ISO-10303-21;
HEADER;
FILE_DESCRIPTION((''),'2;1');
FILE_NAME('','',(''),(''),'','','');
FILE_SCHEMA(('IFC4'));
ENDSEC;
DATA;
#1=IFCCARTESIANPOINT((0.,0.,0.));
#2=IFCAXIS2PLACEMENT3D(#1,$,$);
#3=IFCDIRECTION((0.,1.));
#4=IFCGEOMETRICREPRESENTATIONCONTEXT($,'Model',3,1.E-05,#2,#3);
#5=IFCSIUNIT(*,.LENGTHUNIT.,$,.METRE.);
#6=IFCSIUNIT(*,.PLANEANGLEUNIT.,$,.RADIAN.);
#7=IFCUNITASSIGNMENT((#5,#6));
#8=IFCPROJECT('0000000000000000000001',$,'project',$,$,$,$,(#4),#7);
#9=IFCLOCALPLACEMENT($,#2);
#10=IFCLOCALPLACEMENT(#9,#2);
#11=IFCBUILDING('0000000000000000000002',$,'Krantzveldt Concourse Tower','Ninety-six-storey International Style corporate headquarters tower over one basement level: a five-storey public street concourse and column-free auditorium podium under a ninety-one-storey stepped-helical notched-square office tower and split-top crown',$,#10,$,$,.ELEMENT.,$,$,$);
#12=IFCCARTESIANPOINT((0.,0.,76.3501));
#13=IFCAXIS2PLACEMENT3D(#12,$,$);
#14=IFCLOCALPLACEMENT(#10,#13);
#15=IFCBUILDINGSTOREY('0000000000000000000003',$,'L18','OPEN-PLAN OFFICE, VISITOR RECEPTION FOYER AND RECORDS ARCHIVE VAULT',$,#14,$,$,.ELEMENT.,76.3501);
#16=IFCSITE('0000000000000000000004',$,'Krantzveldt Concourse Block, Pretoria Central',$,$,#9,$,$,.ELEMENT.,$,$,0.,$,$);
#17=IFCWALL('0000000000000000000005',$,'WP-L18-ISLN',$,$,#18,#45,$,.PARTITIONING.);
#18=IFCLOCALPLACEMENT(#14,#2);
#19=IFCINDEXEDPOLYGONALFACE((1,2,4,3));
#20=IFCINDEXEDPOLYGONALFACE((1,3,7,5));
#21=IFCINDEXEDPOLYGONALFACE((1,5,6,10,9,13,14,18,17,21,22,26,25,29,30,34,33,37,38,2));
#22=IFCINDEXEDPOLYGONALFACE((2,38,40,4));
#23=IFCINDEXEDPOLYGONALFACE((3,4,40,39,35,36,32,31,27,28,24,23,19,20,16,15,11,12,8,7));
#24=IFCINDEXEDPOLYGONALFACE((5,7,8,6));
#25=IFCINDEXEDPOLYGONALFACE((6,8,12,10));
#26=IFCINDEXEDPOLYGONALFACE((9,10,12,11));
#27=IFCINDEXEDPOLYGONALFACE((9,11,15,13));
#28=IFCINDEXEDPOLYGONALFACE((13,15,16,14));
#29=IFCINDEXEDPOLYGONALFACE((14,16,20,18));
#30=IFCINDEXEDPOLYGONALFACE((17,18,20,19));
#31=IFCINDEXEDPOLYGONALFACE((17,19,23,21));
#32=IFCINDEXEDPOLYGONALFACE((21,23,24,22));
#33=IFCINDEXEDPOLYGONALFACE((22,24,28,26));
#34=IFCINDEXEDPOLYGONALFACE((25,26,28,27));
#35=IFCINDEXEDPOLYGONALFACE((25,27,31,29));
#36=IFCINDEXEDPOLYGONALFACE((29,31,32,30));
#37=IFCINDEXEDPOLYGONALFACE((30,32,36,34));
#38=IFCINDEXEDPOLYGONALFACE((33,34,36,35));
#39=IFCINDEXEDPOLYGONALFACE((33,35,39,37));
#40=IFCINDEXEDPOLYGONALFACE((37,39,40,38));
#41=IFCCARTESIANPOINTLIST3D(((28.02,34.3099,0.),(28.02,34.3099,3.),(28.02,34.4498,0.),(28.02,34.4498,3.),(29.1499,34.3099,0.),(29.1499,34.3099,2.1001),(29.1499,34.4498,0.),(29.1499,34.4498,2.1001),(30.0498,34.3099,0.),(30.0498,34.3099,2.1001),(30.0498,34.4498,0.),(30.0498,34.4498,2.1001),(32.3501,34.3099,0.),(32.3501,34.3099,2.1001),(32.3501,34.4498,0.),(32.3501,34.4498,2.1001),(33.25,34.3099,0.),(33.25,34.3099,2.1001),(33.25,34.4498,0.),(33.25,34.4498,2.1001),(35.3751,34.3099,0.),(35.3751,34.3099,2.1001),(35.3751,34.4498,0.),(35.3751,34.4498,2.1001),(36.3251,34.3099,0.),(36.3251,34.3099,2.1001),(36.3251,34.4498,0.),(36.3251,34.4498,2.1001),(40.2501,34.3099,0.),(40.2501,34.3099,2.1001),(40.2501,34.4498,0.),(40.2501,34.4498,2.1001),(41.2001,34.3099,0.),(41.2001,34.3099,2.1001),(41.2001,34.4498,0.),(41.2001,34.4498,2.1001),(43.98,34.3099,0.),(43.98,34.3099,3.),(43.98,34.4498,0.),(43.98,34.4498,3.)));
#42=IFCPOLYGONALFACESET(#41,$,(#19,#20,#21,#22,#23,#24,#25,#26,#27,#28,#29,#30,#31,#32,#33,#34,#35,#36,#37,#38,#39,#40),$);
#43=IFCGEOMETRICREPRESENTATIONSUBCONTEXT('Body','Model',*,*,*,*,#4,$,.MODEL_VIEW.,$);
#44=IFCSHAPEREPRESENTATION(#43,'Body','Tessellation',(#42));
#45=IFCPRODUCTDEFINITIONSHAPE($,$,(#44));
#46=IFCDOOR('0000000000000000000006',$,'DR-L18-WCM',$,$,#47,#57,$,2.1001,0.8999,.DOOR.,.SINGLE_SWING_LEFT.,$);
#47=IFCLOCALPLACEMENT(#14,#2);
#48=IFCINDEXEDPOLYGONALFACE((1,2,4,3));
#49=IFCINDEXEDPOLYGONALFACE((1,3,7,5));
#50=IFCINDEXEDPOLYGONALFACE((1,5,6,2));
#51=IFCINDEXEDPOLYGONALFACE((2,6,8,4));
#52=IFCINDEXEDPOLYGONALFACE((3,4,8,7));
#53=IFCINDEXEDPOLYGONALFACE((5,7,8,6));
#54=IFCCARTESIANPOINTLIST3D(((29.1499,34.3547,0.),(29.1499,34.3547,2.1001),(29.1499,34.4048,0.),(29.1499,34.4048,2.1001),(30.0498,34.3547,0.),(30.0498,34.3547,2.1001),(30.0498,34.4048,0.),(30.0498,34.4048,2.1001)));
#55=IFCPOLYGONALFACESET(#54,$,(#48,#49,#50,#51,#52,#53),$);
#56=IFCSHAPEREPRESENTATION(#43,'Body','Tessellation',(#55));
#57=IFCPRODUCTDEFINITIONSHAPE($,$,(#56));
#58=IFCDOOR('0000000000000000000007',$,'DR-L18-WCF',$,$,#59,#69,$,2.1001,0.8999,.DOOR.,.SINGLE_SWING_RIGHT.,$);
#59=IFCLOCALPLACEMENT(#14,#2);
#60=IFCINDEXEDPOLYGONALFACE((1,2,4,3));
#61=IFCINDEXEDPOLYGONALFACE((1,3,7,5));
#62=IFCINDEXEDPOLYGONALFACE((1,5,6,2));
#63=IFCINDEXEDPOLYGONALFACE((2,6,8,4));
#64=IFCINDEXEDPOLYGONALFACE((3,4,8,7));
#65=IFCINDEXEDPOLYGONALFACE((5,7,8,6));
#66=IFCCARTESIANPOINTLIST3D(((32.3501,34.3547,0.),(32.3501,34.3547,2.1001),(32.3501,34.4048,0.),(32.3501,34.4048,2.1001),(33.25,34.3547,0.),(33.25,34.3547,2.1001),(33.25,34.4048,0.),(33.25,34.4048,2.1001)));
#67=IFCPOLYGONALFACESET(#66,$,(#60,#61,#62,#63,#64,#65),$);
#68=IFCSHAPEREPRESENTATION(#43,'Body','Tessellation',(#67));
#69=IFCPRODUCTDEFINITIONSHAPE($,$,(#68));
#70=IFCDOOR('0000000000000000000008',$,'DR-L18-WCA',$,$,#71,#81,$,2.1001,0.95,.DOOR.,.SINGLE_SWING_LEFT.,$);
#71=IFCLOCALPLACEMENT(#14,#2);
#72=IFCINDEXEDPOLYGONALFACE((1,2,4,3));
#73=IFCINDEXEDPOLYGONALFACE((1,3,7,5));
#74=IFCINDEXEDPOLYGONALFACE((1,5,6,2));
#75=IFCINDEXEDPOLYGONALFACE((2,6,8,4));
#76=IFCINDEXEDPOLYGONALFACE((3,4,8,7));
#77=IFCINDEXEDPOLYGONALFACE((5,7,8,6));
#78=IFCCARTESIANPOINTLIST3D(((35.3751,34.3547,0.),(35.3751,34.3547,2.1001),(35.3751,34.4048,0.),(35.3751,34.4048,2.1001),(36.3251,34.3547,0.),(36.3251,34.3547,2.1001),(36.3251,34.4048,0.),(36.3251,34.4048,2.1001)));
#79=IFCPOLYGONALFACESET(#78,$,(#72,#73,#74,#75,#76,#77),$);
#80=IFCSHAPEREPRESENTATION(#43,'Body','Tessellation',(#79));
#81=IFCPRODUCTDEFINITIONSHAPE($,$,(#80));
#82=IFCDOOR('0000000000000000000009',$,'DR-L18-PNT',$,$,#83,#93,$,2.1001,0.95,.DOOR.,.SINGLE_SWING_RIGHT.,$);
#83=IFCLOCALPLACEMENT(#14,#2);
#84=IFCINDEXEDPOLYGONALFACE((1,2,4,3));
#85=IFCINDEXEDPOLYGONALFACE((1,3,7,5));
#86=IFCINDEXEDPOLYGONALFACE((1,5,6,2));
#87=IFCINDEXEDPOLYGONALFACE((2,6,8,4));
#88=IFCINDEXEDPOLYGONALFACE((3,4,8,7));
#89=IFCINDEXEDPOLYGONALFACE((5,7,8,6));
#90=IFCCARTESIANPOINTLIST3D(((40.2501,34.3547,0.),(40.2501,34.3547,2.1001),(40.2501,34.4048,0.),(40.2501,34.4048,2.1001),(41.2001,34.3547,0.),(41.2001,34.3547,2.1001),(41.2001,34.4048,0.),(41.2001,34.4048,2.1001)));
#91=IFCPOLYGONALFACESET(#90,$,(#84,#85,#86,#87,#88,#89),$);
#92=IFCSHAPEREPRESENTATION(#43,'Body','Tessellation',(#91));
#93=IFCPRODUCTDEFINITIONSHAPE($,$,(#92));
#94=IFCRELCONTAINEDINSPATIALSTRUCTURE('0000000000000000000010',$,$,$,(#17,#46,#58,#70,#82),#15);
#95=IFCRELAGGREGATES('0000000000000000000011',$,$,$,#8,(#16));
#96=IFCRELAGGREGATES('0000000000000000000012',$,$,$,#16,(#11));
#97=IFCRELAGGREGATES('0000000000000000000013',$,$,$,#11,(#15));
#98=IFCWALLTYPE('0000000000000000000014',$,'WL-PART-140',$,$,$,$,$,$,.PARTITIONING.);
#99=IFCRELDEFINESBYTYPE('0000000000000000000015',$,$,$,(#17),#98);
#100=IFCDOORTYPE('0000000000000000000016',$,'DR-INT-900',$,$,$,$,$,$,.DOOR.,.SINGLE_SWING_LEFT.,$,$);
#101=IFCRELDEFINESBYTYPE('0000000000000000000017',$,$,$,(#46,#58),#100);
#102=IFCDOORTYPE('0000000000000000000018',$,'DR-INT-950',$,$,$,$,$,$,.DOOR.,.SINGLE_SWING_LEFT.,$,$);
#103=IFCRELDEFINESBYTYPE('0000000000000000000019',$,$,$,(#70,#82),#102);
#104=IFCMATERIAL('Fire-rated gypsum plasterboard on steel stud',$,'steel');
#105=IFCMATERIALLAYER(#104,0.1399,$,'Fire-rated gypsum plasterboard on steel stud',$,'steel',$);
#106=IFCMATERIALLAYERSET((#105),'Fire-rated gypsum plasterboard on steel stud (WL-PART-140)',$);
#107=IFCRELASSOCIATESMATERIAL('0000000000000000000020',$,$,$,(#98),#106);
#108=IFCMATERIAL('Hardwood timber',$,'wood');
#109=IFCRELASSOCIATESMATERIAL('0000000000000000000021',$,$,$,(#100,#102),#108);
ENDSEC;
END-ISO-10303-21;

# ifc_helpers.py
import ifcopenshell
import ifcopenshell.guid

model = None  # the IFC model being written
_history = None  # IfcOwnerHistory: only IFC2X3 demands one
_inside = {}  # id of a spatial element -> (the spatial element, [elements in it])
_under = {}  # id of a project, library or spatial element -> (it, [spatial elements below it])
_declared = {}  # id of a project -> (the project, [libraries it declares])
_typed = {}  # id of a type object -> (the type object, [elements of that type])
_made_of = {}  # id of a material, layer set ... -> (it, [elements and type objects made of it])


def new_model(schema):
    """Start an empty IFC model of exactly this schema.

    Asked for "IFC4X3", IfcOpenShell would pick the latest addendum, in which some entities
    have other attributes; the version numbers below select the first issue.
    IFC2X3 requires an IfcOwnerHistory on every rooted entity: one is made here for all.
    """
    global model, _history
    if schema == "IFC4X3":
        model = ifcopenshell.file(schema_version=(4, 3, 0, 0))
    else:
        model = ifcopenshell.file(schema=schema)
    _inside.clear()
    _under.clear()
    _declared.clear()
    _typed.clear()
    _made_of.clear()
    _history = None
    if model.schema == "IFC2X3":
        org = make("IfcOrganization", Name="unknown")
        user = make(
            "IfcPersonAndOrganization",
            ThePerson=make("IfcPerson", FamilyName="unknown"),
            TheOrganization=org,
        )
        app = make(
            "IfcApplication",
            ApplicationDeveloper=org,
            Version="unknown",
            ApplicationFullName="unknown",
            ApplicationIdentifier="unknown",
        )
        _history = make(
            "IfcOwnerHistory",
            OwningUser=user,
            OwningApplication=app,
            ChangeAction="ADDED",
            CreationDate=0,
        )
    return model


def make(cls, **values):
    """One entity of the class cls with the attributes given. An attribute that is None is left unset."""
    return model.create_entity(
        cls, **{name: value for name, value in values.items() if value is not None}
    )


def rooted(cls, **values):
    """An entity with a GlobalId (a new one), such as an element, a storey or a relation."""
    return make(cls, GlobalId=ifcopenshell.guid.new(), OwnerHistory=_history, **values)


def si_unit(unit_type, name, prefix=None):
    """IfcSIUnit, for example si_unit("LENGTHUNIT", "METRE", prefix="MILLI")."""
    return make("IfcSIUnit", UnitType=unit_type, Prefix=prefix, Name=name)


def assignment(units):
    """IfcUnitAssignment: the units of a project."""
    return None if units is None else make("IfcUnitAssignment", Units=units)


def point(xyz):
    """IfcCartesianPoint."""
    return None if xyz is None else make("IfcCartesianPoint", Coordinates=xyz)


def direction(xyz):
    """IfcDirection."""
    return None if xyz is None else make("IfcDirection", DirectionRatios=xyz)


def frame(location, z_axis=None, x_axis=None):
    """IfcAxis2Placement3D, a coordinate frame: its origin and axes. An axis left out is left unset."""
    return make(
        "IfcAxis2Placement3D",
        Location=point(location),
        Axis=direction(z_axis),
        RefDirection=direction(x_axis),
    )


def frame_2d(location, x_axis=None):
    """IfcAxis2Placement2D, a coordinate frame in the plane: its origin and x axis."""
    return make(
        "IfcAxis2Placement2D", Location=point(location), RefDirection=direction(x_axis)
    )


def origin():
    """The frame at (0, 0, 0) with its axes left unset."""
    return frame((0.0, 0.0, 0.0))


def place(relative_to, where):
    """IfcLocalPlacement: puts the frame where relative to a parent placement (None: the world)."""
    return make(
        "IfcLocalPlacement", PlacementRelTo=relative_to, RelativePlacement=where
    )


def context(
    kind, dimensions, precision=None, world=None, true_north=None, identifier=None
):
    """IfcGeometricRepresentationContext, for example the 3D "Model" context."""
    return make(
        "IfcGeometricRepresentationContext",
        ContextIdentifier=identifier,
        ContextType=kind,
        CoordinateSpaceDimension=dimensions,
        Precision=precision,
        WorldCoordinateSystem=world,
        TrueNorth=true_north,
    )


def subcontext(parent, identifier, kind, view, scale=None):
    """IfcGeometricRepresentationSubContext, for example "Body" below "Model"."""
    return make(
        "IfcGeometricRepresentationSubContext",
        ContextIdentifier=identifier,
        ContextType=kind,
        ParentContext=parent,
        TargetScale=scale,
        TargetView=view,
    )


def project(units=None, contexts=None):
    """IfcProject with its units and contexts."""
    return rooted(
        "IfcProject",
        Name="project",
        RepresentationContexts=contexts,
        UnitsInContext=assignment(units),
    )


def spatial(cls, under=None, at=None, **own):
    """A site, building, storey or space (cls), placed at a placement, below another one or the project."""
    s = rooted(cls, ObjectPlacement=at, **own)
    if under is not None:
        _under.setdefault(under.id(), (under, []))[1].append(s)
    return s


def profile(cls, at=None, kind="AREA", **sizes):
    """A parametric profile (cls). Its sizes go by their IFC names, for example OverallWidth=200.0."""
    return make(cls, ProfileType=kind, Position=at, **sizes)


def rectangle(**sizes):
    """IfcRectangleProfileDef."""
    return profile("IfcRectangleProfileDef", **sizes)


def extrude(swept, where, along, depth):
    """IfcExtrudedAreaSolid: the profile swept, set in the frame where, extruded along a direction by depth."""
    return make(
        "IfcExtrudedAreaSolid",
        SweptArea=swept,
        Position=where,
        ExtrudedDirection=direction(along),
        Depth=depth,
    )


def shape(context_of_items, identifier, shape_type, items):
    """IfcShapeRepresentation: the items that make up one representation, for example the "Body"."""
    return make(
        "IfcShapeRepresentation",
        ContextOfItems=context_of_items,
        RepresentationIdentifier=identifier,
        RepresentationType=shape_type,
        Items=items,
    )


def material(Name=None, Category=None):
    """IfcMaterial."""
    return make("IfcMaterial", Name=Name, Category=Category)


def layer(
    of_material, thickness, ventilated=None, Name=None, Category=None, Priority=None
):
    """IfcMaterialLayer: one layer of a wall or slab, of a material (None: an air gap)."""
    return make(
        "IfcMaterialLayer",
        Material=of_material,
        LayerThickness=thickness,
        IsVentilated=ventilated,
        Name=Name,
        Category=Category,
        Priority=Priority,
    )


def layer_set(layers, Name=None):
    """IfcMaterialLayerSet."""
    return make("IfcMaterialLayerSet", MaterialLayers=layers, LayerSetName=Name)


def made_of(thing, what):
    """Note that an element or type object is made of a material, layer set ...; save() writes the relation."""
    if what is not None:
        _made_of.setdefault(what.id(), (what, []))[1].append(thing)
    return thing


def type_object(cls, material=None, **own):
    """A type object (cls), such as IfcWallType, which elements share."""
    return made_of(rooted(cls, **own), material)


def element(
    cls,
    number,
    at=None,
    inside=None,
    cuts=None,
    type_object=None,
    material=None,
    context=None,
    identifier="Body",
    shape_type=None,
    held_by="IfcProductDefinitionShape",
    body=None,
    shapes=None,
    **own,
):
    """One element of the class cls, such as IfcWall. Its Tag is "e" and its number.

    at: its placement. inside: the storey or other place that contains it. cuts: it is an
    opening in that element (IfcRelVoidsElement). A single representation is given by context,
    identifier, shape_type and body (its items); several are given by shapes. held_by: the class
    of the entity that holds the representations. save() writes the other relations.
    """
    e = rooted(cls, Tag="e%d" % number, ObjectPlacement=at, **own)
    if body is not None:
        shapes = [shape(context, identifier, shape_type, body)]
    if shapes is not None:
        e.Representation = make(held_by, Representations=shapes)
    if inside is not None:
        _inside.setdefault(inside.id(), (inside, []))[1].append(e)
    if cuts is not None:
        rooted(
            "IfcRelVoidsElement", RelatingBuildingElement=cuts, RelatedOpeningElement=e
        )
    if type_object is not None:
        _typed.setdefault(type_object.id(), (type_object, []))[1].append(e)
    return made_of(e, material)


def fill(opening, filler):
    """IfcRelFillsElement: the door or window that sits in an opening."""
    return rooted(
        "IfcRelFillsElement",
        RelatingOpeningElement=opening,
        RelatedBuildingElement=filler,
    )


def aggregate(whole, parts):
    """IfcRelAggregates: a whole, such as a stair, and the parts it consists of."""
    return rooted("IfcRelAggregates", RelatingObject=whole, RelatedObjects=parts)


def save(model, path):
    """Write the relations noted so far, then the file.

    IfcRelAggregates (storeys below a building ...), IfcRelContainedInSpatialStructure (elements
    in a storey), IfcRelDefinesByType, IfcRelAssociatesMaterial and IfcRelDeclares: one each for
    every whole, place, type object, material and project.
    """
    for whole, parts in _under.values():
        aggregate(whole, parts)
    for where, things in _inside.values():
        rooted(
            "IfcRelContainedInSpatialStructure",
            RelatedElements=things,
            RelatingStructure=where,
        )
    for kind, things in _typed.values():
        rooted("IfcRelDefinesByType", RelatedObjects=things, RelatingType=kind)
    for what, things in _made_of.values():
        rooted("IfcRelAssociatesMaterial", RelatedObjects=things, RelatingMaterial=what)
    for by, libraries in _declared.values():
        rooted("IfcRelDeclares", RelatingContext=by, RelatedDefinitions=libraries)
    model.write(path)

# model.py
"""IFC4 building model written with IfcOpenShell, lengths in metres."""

from ifc_helpers import new_model, si_unit, direction, frame, frame_2d, origin, place, context, subcontext, project, spatial, rectangle, extrude, material, layer, layer_set, type_object, element, fill, save


model = new_model("IFC4")

# Units and contexts
model_context = context("Model", 3, precision=1e-05, world=origin(), true_north=direction((0.0, 1.0)))
body_context = subcontext(model_context, "Body", "Model", "MODEL_VIEW")
ifc_project = project(units=[si_unit("LENGTHUNIT", "METRE"), si_unit("PLANEANGLEUNIT", "RADIAN")], contexts=[model_context])

# Site, building, storey
site_placement = place(None, origin())
site = spatial("IfcSite", under=ifc_project, at=site_placement, Name="Krantzveldt Concourse Block, Pretoria Central", CompositionType="ELEMENT", RefElevation=0.0)
building_placement = place(site_placement, origin())
building = spatial("IfcBuilding", under=site, at=building_placement, Name="Krantzveldt Concourse Tower", Description="Ninety-six-storey International Style corporate headquarters tower over one basement level: a five-storey public street concourse and column-free auditorium podium under a ninety-one-storey stepped-helical notched-square office tower and split-top crown", CompositionType="ELEMENT")
storey_placement = place(building_placement, frame((0.0, 0.0, 76.3501)))
storey = spatial("IfcBuildingStorey", under=building, at=storey_placement, Name="L18", Description="OPEN-PLAN OFFICE, VISITOR RECEPTION FOYER AND RECORDS ARCHIVE VAULT", CompositionType="ELEMENT", Elevation=76.3501)

# Shared definitions
ifc_material_1 = material(Name="Fire-rated gypsum plasterboard on steel stud", Category="steel")

# Wall, openings, doors
ifc_layer_1 = layer(ifc_material_1, 0.1399, Name="Fire-rated gypsum plasterboard on steel stud", Category="steel")
ifc_layer_set_1 = layer_set([ifc_layer_1], Name="Fire-rated gypsum plasterboard on steel stud (WL-PART-140)")
wall_type_1 = type_object("IfcWallType", Name="WL-PART-140", PredefinedType="PARTITIONING", material=ifc_layer_set_1)
wall_1_placement = place(storey_placement, frame((28.02, 34.3799, 0.0), z_axis=(0.0, 0.0, 1.0), x_axis=(1.0, 0.0, 0.0)))
wall_1 = element("IfcWall", 1, at=wall_1_placement, inside=storey, type_object=wall_type_1, Name="WP-L18-ISLN", PredefinedType="PARTITIONING", context=body_context, shape_type="SweptSolid", body=[
    extrude(rectangle(XDim=15.96, YDim=0.1399, at=frame_2d((7.98, 0.0))), origin(), (0.0, 0.0, 1.0), 3.0),
])
opening_1_placement = place(wall_1_placement, frame((1.1299, 0.0, 0.0)))
opening_1 = element("IfcOpeningElement", 2, at=opening_1_placement, cuts=wall_1, PredefinedType="OPENING", context=body_context, shape_type="SweptSolid", body=[
    extrude(rectangle(XDim=0.8999, YDim=2.1001, at=frame_2d((0.45, 1.05))), frame((0.0, 0.0801, 0.0), z_axis=(0.0, -1.0, 0.0), x_axis=(1.0, 0.0, 0.0)), (0.0, 0.0, 1.0), 0.1599),
])
opening_2_placement = place(wall_1_placement, frame((4.3301, 0.0, 0.0)))
opening_2 = element("IfcOpeningElement", 3, at=opening_2_placement, cuts=wall_1, PredefinedType="OPENING", context=body_context, shape_type="SweptSolid", body=[
    extrude(rectangle(XDim=0.8999, YDim=2.1001, at=frame_2d((0.45, 1.05))), frame((0.0, 0.0801, 0.0), z_axis=(0.0, -1.0, 0.0), x_axis=(1.0, 0.0, 0.0)), (0.0, 0.0, 1.0), 0.1599),
])
opening_3_placement = place(wall_1_placement, frame((7.355, 0.0, 0.0)))
opening_3 = element("IfcOpeningElement", 4, at=opening_3_placement, cuts=wall_1, PredefinedType="OPENING", context=body_context, shape_type="SweptSolid", body=[
    extrude(rectangle(XDim=0.95, YDim=2.1001, at=frame_2d((0.4751, 1.05))), frame((0.0, 0.0801, 0.0), z_axis=(0.0, -1.0, 0.0), x_axis=(1.0, 0.0, 0.0)), (0.0, 0.0, 1.0), 0.1599),
])
opening_4_placement = place(wall_1_placement, frame((12.23, 0.0, 0.0)))
opening_4 = element("IfcOpeningElement", 5, at=opening_4_placement, cuts=wall_1, PredefinedType="OPENING", context=body_context, shape_type="SweptSolid", body=[
    extrude(rectangle(XDim=0.95, YDim=2.1001, at=frame_2d((0.4751, 1.05))), frame((0.0, 0.0801, 0.0), z_axis=(0.0, -1.0, 0.0), x_axis=(1.0, 0.0, 0.0)), (0.0, 0.0, 1.0), 0.1599),
])
ifc_material_2 = material(Name="Hardwood timber", Category="wood")
door_type_1 = type_object("IfcDoorType", Name="DR-INT-900", OperationType="SINGLE_SWING_LEFT", PredefinedType="DOOR", material=ifc_material_2)
door_1_placement = place(opening_1_placement, origin())
door_1 = element("IfcDoor", 6, at=door_1_placement, inside=storey, type_object=door_type_1, Name="DR-L18-WCM", OperationType="SINGLE_SWING_LEFT", OverallHeight=2.1001, OverallWidth=0.8999, PredefinedType="DOOR", context=body_context, shape_type="SweptSolid", body=[
    extrude(rectangle(XDim=0.8999, YDim=2.1001, at=frame_2d((0.45, 1.05))), frame((0.0, 0.0249, 0.0), z_axis=(0.0, -1.0, 0.0), x_axis=(1.0, 0.0, 0.0)), (0.0, 0.0, 1.0), 0.05),
])
fill(opening_1, door_1)
door_2_placement = place(opening_2_placement, origin())
door_2 = element("IfcDoor", 7, at=door_2_placement, inside=storey, type_object=door_type_1, Name="DR-L18-WCF", OperationType="SINGLE_SWING_RIGHT", OverallHeight=2.1001, OverallWidth=0.8999, PredefinedType="DOOR", context=body_context, shape_type="SweptSolid", body=[
    extrude(rectangle(XDim=0.8999, YDim=2.1001, at=frame_2d((0.45, 1.05))), frame((0.0, 0.0249, 0.0), z_axis=(0.0, -1.0, 0.0), x_axis=(1.0, 0.0, 0.0)), (0.0, 0.0, 1.0), 0.05),
])
fill(opening_2, door_2)
door_type_2 = type_object("IfcDoorType", Name="DR-INT-950", OperationType="SINGLE_SWING_LEFT", PredefinedType="DOOR", material=ifc_material_2)
door_3_placement = place(opening_3_placement, origin())
door_3 = element("IfcDoor", 8, at=door_3_placement, inside=storey, type_object=door_type_2, Name="DR-L18-WCA", OperationType="SINGLE_SWING_LEFT", OverallHeight=2.1001, OverallWidth=0.95, PredefinedType="DOOR", context=body_context, shape_type="SweptSolid", body=[
    extrude(rectangle(XDim=0.95, YDim=2.1001, at=frame_2d((0.4751, 1.05))), frame((0.0, 0.0249, 0.0), z_axis=(0.0, -1.0, 0.0), x_axis=(1.0, 0.0, 0.0)), (0.0, 0.0, 1.0), 0.05),
])
fill(opening_3, door_3)
door_4_placement = place(opening_4_placement, origin())
door_4 = element("IfcDoor", 9, at=door_4_placement, inside=storey, type_object=door_type_2, Name="DR-L18-PNT", OperationType="SINGLE_SWING_RIGHT", OverallHeight=2.1001, OverallWidth=0.95, PredefinedType="DOOR", context=body_context, shape_type="SweptSolid", body=[
    extrude(rectangle(XDim=0.95, YDim=2.1001, at=frame_2d((0.4751, 1.05))), frame((0.0, 0.0249, 0.0), z_axis=(0.0, -1.0, 0.0), x_axis=(1.0, 0.0, 0.0)), (0.0, 0.0, 1.0), 0.05),
])
fill(opening_4, door_4)

save(model, "model.ifc")
